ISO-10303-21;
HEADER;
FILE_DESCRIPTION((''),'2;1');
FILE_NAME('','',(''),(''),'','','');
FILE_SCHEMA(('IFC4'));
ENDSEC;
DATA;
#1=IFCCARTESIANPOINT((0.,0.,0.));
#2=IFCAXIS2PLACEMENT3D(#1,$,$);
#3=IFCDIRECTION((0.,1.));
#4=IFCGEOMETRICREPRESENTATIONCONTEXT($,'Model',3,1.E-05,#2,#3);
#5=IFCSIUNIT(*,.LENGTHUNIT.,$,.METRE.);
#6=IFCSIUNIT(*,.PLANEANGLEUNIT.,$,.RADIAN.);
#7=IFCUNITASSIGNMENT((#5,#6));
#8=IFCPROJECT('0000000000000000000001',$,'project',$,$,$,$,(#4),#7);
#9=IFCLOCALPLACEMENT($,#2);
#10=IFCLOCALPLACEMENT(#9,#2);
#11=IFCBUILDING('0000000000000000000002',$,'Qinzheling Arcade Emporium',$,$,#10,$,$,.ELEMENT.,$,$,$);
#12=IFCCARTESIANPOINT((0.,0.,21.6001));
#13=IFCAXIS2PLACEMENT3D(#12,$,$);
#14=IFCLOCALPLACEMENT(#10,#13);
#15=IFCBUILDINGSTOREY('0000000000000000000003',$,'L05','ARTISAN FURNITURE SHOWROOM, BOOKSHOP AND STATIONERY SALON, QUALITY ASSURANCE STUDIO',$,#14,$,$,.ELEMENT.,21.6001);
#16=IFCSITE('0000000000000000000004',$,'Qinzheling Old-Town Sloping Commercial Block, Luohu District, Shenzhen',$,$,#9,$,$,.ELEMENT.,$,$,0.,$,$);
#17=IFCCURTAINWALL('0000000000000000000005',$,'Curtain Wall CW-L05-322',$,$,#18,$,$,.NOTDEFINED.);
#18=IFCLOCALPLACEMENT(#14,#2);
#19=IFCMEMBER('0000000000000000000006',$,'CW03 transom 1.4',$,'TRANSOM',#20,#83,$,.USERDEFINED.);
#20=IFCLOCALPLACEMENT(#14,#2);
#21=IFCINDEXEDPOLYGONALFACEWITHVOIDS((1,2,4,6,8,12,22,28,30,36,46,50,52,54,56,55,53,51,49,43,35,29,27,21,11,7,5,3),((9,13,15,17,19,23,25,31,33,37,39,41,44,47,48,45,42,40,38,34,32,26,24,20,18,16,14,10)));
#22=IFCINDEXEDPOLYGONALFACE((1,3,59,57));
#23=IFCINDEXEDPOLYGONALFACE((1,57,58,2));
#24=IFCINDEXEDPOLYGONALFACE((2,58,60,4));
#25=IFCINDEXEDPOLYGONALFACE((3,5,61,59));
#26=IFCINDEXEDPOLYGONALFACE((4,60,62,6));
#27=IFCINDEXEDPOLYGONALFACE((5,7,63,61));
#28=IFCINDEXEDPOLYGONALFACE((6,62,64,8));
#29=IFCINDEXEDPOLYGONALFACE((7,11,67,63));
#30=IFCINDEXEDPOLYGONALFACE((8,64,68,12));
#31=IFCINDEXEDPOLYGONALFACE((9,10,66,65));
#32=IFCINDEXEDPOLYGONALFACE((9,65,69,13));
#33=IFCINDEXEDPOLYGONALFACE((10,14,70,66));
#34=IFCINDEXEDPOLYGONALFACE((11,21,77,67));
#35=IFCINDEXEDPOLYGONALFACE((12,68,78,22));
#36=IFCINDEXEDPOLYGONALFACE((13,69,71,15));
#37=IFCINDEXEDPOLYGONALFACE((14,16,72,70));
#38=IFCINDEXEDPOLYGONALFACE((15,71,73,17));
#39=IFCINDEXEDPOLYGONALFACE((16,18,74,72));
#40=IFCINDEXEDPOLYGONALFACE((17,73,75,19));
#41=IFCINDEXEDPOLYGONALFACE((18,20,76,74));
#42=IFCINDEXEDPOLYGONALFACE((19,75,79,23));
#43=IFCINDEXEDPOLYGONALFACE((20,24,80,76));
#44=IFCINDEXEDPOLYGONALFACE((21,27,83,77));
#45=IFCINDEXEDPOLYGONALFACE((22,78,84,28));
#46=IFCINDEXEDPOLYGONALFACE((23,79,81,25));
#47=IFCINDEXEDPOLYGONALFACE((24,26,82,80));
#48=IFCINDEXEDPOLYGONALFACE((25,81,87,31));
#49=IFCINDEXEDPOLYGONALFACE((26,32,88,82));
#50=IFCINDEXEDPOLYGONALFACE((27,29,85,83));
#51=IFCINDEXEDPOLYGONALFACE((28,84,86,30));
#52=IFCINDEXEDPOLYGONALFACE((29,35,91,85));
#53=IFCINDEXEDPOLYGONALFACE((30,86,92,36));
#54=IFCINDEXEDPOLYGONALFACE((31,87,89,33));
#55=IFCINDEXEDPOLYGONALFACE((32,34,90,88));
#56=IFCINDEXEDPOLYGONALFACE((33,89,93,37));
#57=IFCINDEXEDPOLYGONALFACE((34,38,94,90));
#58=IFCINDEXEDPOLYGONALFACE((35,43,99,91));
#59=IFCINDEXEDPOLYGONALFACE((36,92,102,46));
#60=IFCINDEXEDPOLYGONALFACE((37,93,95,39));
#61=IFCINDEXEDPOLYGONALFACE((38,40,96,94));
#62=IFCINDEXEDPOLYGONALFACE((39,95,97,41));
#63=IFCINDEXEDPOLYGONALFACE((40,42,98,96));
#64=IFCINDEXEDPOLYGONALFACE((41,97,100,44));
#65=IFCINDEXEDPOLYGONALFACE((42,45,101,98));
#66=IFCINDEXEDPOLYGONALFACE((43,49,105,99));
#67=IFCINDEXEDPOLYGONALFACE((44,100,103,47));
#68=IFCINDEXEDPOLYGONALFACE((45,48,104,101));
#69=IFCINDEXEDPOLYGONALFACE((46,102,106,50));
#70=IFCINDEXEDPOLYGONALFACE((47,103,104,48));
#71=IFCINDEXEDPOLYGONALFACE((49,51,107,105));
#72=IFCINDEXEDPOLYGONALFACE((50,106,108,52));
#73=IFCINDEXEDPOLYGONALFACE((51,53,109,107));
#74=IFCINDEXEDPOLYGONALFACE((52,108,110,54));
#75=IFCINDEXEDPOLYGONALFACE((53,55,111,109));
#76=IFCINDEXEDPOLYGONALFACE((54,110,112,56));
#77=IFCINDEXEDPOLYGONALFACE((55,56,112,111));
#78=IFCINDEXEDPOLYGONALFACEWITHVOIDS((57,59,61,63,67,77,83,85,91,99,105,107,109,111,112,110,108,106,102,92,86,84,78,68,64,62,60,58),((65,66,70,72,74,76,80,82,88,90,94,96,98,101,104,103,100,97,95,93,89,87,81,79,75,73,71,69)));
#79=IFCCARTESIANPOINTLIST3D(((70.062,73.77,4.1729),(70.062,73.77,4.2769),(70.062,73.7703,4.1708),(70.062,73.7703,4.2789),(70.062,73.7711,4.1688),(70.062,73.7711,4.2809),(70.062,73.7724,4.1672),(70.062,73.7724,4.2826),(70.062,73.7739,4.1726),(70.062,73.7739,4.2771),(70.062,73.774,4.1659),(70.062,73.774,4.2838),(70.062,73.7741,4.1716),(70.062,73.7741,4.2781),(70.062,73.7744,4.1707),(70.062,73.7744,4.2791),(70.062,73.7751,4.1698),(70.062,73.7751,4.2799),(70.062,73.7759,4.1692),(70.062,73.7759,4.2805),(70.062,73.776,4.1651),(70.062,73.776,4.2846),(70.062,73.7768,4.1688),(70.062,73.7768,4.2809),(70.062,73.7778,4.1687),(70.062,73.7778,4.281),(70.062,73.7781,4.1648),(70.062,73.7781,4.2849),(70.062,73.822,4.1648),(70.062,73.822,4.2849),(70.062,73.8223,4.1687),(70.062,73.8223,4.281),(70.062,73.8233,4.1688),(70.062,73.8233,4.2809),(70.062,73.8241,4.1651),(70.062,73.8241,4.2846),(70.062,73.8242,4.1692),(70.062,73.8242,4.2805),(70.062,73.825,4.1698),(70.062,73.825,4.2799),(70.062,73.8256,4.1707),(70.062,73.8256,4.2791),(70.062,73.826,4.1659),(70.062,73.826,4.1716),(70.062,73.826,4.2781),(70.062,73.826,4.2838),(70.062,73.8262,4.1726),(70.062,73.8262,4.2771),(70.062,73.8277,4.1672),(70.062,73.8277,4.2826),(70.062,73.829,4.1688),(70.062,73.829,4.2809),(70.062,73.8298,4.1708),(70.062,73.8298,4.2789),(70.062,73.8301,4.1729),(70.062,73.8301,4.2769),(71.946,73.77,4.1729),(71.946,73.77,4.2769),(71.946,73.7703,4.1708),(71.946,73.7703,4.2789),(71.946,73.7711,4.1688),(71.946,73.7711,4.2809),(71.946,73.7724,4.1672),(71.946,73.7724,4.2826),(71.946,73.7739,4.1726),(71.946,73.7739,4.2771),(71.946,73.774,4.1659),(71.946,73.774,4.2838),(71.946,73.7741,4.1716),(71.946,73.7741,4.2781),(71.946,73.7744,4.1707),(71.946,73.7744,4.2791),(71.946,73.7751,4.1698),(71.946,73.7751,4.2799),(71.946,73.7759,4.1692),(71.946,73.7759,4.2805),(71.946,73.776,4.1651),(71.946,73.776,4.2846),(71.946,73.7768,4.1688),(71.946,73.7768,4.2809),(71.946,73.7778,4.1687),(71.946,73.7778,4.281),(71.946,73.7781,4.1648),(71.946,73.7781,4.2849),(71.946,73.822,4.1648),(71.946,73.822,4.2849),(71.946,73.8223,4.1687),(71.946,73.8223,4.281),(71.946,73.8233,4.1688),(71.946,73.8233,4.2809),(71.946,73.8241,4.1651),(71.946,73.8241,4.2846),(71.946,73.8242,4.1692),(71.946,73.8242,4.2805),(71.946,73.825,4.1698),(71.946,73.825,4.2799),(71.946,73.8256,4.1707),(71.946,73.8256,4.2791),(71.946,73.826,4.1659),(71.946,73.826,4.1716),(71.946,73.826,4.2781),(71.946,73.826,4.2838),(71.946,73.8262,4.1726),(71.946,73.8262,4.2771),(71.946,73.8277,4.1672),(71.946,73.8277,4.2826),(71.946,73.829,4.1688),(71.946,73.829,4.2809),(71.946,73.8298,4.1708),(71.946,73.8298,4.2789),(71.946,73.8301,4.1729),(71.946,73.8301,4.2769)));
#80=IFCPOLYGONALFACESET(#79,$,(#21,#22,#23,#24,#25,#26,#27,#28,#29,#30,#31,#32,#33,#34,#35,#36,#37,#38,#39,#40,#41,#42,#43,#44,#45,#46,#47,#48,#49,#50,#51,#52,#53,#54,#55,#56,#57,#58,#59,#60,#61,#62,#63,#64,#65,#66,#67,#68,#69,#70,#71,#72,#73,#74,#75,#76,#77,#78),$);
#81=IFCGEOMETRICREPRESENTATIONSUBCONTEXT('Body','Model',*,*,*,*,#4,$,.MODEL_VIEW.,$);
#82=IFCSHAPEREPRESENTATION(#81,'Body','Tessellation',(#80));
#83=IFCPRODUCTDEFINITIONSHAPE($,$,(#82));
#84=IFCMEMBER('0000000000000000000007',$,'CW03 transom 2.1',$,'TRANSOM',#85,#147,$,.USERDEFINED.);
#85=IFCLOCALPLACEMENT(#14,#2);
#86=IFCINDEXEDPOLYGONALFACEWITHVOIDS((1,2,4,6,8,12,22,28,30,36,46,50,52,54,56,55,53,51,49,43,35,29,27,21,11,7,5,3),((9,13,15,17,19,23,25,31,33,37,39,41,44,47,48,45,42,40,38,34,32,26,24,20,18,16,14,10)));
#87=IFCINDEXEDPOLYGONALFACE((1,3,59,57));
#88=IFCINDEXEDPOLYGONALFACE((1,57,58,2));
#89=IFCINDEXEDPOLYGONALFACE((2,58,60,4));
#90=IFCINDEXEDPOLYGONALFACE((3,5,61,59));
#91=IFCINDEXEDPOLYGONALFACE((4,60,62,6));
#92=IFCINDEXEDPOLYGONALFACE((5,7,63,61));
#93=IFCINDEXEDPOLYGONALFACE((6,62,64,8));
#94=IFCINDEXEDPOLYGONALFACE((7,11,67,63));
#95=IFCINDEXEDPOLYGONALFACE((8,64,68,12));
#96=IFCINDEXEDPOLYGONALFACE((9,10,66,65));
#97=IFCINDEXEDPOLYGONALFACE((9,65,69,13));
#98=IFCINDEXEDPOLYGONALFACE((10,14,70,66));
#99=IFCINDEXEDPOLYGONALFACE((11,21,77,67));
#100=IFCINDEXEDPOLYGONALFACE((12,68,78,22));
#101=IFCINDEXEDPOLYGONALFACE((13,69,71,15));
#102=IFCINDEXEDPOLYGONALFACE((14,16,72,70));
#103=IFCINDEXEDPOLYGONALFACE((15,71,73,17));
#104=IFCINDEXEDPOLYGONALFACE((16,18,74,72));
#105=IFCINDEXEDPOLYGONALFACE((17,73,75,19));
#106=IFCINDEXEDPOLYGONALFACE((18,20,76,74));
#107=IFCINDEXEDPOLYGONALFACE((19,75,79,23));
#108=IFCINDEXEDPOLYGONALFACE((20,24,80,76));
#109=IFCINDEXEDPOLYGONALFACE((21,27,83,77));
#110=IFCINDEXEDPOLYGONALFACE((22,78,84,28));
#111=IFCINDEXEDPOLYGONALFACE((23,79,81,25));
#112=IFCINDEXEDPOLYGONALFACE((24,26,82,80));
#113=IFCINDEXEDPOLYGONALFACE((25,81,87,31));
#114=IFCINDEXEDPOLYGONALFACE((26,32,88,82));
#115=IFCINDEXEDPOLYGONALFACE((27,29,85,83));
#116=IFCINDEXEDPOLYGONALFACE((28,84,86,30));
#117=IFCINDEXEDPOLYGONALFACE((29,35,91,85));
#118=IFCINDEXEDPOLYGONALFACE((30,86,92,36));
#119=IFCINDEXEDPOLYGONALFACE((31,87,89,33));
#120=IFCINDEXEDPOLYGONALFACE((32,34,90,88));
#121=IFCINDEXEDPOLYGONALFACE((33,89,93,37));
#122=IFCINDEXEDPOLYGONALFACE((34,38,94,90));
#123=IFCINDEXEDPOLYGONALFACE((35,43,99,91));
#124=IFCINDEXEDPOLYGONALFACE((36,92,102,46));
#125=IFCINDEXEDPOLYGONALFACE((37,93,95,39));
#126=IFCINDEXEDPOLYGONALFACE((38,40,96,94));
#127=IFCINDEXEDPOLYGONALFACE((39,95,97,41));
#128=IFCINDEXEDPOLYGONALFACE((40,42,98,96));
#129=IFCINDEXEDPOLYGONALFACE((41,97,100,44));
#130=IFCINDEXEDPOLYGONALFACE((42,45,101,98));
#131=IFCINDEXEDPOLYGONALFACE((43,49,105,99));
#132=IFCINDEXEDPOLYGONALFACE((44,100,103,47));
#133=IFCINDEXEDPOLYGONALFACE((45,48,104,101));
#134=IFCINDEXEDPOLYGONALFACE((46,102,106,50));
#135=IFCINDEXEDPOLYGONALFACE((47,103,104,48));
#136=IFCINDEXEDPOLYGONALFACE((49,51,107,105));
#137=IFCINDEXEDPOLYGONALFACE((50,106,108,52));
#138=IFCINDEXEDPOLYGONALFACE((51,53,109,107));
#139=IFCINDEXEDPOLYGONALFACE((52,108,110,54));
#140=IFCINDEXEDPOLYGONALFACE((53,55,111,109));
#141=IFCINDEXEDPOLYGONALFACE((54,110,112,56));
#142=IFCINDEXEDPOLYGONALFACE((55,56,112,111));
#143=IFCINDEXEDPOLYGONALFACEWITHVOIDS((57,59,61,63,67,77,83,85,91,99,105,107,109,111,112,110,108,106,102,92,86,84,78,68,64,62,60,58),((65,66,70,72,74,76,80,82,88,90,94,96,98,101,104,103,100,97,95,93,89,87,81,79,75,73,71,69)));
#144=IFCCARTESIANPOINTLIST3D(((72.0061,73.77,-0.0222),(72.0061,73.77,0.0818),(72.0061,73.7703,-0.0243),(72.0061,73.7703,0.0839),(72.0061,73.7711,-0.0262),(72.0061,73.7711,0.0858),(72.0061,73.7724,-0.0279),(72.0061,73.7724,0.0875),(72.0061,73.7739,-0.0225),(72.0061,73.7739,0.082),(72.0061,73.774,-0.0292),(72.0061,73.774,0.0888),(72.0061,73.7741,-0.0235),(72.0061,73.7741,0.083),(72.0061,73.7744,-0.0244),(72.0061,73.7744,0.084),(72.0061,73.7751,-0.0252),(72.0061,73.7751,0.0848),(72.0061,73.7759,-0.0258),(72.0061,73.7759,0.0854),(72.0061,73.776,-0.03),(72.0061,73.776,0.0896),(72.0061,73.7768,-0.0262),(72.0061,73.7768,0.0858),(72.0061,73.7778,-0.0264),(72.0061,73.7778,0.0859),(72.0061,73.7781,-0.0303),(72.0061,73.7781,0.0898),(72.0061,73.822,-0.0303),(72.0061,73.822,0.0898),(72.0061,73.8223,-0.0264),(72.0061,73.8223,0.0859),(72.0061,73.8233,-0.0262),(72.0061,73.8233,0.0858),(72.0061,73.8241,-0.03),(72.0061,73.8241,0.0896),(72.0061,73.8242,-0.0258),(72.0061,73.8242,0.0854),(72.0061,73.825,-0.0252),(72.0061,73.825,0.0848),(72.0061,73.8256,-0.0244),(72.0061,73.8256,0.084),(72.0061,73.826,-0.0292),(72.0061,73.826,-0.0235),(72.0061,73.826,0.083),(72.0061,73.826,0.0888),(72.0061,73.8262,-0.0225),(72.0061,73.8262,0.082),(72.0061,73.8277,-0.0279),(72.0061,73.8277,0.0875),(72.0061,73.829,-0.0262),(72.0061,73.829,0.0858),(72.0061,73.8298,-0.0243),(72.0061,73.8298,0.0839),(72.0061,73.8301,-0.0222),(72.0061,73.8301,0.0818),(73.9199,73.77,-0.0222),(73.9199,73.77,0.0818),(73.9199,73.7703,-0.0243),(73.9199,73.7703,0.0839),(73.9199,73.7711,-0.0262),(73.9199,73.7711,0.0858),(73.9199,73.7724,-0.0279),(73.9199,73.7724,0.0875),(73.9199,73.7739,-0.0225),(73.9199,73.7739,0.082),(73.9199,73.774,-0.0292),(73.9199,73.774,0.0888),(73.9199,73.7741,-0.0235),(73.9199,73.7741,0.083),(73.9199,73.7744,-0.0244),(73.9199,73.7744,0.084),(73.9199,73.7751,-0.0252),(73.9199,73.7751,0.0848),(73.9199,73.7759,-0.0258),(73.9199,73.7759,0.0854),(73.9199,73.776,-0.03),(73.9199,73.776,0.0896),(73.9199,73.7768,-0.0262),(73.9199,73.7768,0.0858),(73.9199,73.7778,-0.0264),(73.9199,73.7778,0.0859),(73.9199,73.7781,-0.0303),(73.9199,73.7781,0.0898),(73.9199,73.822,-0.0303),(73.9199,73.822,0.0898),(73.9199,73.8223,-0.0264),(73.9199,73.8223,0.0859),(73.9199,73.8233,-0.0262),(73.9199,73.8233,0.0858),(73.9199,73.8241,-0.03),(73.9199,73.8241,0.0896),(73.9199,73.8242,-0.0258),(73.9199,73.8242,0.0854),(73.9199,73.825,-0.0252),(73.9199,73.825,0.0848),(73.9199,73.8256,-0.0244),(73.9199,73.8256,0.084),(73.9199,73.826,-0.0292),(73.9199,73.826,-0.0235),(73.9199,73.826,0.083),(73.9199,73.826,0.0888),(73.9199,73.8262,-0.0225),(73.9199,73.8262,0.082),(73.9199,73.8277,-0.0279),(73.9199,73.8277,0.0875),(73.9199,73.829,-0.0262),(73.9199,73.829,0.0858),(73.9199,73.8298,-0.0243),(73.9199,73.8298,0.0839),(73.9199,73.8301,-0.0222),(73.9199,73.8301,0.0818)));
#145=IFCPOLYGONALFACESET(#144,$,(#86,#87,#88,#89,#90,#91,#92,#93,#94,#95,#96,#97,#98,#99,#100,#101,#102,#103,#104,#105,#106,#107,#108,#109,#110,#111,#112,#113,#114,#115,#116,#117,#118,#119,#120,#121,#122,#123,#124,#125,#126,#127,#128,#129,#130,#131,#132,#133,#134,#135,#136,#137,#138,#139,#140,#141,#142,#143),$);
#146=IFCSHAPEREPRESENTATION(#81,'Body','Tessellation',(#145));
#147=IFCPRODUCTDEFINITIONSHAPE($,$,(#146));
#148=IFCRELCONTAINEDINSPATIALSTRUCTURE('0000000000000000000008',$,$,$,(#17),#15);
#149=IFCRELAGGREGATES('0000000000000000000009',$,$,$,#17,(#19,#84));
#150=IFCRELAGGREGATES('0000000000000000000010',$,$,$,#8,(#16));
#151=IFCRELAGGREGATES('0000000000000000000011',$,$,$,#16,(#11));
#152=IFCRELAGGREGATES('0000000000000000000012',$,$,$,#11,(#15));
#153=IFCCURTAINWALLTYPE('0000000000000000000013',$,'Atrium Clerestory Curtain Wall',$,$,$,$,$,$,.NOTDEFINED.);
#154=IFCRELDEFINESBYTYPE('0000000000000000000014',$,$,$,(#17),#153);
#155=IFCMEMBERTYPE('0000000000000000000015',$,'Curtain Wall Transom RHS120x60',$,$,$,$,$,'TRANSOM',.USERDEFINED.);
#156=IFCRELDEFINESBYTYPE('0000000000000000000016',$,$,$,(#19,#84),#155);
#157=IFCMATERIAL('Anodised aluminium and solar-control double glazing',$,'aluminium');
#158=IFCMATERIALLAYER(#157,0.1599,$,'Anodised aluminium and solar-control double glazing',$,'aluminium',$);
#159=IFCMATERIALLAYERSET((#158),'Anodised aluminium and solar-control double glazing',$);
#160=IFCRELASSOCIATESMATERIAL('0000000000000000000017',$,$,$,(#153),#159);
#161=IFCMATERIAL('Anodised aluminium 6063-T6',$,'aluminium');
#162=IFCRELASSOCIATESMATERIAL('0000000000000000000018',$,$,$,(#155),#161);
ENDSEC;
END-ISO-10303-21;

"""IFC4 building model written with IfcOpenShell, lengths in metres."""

from ifc_helpers import new_model, si_unit, direction, frame, origin, origin_2d, place, context, subcontext, project, spatial, hollow_rectangle, extrude, material, layer, layer_set, material_profile, profile_set, type_object, element, aggregate, save


model = new_model("IFC4")

# Units and contexts
model_context = context("Model", 3, precision=1e-05, world=origin(), true_north=direction((0.0, 1.0)))
body_context = subcontext(model_context, "Body", "Model", "MODEL_VIEW")
ifc_project = project(units=[si_unit("LENGTHUNIT", "METRE"), si_unit("PLANEANGLEUNIT", "RADIAN")], contexts=[model_context])

# Site, building, storey
site_placement = place(None, origin())
site = spatial("IfcSite", under=ifc_project, at=site_placement, Name="Qinzheling Old-Town Sloping Commercial Block, Luohu District, Shenzhen", CompositionType="ELEMENT", RefElevation=0.0)
building_placement = place(site_placement, origin())
building = spatial("IfcBuilding", under=site, at=building_placement, Name="Qinzheling Arcade Emporium", CompositionType="ELEMENT")
storey_placement = place(building_placement, frame((0.0, 0.0, 21.6001)))
storey = spatial("IfcBuildingStorey", under=building, at=storey_placement, Name="L05", Description="ARTISAN FURNITURE SHOWROOM, BOOKSHOP AND STATIONERY SALON, QUALITY ASSURANCE STUDIO", CompositionType="ELEMENT", Elevation=21.6001)

# Shared definitions
ifc_material_1 = material(Name="Anodised aluminium and solar-control double glazing", Category="aluminium")
ifc_layer_1 = layer(ifc_material_1, 0.1599, Name="Anodised aluminium and solar-control double glazing", Category="aluminium")
ifc_layer_set_1 = layer_set([ifc_layer_1], Name="Anodised aluminium and solar-control double glazing")
curtain_wall_type = type_object("IfcCurtainWallType", Name="Atrium Clerestory Curtain Wall", PredefinedType="NOTDEFINED", material=ifc_layer_set_1)
ifc_material_2 = material(Name="Anodised aluminium 6063-T6", Category="aluminium")

# Curtain wall
curtain_wall_1_placement = place(storey_placement, origin())
curtain_wall_1 = element("IfcCurtainWall", 1, at=curtain_wall_1_placement, inside=storey, type_object=curtain_wall_type, Name="Curtain Wall CW-L05-322", PredefinedType="NOTDEFINED")

# Members
ifc_material_profile_1 = material_profile(ifc_material_2, hollow_rectangle(XDim=0.0601, YDim=0.1201, WallThickness=0.0039, InnerFilletRadius=0.0039, OuterFilletRadius=0.0081, at=origin_2d()), Name="RHS 120x60x4", Category="aluminium")
ifc_profile_set_1 = profile_set([ifc_material_profile_1], Name="Anodised aluminium 6063-T6")
member_type_1 = type_object("IfcMemberType", Name="Curtain Wall Transom RHS120x60", ElementType="TRANSOM", PredefinedType="USERDEFINED", material=ifc_profile_set_1)
member_1_placement = place(storey_placement, frame((70.062, 73.8, 4.2249), z_axis=(1.0, 0.0, 0.0), x_axis=(0.0, 1.0, 0.0)))
member_1 = element("IfcMember", 2, at=member_1_placement, type_object=member_type_1, Name="CW03 transom 1.4", ObjectType="TRANSOM", PredefinedType="USERDEFINED", context=body_context, shape_type="SweptSolid", body=[
    extrude(hollow_rectangle(XDim=0.0601, YDim=0.1201, WallThickness=0.0039, InnerFilletRadius=0.0039, OuterFilletRadius=0.0081, at=origin_2d()), origin(), (0.0, 0.0, 1.0), 1.884),
])
member_2_placement = place(storey_placement, frame((72.0061, 73.8, 0.0298), z_axis=(1.0, 0.0, 0.0), x_axis=(0.0, 1.0, 0.0)))
member_2 = element("IfcMember", 3, at=member_2_placement, type_object=member_type_1, Name="CW03 transom 2.1", ObjectType="TRANSOM", PredefinedType="USERDEFINED", context=body_context, shape_type="SweptSolid", body=[
    extrude(hollow_rectangle(XDim=0.0601, YDim=0.1201, WallThickness=0.0039, InnerFilletRadius=0.0039, OuterFilletRadius=0.0081, at=origin_2d()), origin(), (0.0, 0.0, 1.0), 1.9138),
])

aggregate(curtain_wall_1, [member_1, member_2])

save(model, "model.ifc")
